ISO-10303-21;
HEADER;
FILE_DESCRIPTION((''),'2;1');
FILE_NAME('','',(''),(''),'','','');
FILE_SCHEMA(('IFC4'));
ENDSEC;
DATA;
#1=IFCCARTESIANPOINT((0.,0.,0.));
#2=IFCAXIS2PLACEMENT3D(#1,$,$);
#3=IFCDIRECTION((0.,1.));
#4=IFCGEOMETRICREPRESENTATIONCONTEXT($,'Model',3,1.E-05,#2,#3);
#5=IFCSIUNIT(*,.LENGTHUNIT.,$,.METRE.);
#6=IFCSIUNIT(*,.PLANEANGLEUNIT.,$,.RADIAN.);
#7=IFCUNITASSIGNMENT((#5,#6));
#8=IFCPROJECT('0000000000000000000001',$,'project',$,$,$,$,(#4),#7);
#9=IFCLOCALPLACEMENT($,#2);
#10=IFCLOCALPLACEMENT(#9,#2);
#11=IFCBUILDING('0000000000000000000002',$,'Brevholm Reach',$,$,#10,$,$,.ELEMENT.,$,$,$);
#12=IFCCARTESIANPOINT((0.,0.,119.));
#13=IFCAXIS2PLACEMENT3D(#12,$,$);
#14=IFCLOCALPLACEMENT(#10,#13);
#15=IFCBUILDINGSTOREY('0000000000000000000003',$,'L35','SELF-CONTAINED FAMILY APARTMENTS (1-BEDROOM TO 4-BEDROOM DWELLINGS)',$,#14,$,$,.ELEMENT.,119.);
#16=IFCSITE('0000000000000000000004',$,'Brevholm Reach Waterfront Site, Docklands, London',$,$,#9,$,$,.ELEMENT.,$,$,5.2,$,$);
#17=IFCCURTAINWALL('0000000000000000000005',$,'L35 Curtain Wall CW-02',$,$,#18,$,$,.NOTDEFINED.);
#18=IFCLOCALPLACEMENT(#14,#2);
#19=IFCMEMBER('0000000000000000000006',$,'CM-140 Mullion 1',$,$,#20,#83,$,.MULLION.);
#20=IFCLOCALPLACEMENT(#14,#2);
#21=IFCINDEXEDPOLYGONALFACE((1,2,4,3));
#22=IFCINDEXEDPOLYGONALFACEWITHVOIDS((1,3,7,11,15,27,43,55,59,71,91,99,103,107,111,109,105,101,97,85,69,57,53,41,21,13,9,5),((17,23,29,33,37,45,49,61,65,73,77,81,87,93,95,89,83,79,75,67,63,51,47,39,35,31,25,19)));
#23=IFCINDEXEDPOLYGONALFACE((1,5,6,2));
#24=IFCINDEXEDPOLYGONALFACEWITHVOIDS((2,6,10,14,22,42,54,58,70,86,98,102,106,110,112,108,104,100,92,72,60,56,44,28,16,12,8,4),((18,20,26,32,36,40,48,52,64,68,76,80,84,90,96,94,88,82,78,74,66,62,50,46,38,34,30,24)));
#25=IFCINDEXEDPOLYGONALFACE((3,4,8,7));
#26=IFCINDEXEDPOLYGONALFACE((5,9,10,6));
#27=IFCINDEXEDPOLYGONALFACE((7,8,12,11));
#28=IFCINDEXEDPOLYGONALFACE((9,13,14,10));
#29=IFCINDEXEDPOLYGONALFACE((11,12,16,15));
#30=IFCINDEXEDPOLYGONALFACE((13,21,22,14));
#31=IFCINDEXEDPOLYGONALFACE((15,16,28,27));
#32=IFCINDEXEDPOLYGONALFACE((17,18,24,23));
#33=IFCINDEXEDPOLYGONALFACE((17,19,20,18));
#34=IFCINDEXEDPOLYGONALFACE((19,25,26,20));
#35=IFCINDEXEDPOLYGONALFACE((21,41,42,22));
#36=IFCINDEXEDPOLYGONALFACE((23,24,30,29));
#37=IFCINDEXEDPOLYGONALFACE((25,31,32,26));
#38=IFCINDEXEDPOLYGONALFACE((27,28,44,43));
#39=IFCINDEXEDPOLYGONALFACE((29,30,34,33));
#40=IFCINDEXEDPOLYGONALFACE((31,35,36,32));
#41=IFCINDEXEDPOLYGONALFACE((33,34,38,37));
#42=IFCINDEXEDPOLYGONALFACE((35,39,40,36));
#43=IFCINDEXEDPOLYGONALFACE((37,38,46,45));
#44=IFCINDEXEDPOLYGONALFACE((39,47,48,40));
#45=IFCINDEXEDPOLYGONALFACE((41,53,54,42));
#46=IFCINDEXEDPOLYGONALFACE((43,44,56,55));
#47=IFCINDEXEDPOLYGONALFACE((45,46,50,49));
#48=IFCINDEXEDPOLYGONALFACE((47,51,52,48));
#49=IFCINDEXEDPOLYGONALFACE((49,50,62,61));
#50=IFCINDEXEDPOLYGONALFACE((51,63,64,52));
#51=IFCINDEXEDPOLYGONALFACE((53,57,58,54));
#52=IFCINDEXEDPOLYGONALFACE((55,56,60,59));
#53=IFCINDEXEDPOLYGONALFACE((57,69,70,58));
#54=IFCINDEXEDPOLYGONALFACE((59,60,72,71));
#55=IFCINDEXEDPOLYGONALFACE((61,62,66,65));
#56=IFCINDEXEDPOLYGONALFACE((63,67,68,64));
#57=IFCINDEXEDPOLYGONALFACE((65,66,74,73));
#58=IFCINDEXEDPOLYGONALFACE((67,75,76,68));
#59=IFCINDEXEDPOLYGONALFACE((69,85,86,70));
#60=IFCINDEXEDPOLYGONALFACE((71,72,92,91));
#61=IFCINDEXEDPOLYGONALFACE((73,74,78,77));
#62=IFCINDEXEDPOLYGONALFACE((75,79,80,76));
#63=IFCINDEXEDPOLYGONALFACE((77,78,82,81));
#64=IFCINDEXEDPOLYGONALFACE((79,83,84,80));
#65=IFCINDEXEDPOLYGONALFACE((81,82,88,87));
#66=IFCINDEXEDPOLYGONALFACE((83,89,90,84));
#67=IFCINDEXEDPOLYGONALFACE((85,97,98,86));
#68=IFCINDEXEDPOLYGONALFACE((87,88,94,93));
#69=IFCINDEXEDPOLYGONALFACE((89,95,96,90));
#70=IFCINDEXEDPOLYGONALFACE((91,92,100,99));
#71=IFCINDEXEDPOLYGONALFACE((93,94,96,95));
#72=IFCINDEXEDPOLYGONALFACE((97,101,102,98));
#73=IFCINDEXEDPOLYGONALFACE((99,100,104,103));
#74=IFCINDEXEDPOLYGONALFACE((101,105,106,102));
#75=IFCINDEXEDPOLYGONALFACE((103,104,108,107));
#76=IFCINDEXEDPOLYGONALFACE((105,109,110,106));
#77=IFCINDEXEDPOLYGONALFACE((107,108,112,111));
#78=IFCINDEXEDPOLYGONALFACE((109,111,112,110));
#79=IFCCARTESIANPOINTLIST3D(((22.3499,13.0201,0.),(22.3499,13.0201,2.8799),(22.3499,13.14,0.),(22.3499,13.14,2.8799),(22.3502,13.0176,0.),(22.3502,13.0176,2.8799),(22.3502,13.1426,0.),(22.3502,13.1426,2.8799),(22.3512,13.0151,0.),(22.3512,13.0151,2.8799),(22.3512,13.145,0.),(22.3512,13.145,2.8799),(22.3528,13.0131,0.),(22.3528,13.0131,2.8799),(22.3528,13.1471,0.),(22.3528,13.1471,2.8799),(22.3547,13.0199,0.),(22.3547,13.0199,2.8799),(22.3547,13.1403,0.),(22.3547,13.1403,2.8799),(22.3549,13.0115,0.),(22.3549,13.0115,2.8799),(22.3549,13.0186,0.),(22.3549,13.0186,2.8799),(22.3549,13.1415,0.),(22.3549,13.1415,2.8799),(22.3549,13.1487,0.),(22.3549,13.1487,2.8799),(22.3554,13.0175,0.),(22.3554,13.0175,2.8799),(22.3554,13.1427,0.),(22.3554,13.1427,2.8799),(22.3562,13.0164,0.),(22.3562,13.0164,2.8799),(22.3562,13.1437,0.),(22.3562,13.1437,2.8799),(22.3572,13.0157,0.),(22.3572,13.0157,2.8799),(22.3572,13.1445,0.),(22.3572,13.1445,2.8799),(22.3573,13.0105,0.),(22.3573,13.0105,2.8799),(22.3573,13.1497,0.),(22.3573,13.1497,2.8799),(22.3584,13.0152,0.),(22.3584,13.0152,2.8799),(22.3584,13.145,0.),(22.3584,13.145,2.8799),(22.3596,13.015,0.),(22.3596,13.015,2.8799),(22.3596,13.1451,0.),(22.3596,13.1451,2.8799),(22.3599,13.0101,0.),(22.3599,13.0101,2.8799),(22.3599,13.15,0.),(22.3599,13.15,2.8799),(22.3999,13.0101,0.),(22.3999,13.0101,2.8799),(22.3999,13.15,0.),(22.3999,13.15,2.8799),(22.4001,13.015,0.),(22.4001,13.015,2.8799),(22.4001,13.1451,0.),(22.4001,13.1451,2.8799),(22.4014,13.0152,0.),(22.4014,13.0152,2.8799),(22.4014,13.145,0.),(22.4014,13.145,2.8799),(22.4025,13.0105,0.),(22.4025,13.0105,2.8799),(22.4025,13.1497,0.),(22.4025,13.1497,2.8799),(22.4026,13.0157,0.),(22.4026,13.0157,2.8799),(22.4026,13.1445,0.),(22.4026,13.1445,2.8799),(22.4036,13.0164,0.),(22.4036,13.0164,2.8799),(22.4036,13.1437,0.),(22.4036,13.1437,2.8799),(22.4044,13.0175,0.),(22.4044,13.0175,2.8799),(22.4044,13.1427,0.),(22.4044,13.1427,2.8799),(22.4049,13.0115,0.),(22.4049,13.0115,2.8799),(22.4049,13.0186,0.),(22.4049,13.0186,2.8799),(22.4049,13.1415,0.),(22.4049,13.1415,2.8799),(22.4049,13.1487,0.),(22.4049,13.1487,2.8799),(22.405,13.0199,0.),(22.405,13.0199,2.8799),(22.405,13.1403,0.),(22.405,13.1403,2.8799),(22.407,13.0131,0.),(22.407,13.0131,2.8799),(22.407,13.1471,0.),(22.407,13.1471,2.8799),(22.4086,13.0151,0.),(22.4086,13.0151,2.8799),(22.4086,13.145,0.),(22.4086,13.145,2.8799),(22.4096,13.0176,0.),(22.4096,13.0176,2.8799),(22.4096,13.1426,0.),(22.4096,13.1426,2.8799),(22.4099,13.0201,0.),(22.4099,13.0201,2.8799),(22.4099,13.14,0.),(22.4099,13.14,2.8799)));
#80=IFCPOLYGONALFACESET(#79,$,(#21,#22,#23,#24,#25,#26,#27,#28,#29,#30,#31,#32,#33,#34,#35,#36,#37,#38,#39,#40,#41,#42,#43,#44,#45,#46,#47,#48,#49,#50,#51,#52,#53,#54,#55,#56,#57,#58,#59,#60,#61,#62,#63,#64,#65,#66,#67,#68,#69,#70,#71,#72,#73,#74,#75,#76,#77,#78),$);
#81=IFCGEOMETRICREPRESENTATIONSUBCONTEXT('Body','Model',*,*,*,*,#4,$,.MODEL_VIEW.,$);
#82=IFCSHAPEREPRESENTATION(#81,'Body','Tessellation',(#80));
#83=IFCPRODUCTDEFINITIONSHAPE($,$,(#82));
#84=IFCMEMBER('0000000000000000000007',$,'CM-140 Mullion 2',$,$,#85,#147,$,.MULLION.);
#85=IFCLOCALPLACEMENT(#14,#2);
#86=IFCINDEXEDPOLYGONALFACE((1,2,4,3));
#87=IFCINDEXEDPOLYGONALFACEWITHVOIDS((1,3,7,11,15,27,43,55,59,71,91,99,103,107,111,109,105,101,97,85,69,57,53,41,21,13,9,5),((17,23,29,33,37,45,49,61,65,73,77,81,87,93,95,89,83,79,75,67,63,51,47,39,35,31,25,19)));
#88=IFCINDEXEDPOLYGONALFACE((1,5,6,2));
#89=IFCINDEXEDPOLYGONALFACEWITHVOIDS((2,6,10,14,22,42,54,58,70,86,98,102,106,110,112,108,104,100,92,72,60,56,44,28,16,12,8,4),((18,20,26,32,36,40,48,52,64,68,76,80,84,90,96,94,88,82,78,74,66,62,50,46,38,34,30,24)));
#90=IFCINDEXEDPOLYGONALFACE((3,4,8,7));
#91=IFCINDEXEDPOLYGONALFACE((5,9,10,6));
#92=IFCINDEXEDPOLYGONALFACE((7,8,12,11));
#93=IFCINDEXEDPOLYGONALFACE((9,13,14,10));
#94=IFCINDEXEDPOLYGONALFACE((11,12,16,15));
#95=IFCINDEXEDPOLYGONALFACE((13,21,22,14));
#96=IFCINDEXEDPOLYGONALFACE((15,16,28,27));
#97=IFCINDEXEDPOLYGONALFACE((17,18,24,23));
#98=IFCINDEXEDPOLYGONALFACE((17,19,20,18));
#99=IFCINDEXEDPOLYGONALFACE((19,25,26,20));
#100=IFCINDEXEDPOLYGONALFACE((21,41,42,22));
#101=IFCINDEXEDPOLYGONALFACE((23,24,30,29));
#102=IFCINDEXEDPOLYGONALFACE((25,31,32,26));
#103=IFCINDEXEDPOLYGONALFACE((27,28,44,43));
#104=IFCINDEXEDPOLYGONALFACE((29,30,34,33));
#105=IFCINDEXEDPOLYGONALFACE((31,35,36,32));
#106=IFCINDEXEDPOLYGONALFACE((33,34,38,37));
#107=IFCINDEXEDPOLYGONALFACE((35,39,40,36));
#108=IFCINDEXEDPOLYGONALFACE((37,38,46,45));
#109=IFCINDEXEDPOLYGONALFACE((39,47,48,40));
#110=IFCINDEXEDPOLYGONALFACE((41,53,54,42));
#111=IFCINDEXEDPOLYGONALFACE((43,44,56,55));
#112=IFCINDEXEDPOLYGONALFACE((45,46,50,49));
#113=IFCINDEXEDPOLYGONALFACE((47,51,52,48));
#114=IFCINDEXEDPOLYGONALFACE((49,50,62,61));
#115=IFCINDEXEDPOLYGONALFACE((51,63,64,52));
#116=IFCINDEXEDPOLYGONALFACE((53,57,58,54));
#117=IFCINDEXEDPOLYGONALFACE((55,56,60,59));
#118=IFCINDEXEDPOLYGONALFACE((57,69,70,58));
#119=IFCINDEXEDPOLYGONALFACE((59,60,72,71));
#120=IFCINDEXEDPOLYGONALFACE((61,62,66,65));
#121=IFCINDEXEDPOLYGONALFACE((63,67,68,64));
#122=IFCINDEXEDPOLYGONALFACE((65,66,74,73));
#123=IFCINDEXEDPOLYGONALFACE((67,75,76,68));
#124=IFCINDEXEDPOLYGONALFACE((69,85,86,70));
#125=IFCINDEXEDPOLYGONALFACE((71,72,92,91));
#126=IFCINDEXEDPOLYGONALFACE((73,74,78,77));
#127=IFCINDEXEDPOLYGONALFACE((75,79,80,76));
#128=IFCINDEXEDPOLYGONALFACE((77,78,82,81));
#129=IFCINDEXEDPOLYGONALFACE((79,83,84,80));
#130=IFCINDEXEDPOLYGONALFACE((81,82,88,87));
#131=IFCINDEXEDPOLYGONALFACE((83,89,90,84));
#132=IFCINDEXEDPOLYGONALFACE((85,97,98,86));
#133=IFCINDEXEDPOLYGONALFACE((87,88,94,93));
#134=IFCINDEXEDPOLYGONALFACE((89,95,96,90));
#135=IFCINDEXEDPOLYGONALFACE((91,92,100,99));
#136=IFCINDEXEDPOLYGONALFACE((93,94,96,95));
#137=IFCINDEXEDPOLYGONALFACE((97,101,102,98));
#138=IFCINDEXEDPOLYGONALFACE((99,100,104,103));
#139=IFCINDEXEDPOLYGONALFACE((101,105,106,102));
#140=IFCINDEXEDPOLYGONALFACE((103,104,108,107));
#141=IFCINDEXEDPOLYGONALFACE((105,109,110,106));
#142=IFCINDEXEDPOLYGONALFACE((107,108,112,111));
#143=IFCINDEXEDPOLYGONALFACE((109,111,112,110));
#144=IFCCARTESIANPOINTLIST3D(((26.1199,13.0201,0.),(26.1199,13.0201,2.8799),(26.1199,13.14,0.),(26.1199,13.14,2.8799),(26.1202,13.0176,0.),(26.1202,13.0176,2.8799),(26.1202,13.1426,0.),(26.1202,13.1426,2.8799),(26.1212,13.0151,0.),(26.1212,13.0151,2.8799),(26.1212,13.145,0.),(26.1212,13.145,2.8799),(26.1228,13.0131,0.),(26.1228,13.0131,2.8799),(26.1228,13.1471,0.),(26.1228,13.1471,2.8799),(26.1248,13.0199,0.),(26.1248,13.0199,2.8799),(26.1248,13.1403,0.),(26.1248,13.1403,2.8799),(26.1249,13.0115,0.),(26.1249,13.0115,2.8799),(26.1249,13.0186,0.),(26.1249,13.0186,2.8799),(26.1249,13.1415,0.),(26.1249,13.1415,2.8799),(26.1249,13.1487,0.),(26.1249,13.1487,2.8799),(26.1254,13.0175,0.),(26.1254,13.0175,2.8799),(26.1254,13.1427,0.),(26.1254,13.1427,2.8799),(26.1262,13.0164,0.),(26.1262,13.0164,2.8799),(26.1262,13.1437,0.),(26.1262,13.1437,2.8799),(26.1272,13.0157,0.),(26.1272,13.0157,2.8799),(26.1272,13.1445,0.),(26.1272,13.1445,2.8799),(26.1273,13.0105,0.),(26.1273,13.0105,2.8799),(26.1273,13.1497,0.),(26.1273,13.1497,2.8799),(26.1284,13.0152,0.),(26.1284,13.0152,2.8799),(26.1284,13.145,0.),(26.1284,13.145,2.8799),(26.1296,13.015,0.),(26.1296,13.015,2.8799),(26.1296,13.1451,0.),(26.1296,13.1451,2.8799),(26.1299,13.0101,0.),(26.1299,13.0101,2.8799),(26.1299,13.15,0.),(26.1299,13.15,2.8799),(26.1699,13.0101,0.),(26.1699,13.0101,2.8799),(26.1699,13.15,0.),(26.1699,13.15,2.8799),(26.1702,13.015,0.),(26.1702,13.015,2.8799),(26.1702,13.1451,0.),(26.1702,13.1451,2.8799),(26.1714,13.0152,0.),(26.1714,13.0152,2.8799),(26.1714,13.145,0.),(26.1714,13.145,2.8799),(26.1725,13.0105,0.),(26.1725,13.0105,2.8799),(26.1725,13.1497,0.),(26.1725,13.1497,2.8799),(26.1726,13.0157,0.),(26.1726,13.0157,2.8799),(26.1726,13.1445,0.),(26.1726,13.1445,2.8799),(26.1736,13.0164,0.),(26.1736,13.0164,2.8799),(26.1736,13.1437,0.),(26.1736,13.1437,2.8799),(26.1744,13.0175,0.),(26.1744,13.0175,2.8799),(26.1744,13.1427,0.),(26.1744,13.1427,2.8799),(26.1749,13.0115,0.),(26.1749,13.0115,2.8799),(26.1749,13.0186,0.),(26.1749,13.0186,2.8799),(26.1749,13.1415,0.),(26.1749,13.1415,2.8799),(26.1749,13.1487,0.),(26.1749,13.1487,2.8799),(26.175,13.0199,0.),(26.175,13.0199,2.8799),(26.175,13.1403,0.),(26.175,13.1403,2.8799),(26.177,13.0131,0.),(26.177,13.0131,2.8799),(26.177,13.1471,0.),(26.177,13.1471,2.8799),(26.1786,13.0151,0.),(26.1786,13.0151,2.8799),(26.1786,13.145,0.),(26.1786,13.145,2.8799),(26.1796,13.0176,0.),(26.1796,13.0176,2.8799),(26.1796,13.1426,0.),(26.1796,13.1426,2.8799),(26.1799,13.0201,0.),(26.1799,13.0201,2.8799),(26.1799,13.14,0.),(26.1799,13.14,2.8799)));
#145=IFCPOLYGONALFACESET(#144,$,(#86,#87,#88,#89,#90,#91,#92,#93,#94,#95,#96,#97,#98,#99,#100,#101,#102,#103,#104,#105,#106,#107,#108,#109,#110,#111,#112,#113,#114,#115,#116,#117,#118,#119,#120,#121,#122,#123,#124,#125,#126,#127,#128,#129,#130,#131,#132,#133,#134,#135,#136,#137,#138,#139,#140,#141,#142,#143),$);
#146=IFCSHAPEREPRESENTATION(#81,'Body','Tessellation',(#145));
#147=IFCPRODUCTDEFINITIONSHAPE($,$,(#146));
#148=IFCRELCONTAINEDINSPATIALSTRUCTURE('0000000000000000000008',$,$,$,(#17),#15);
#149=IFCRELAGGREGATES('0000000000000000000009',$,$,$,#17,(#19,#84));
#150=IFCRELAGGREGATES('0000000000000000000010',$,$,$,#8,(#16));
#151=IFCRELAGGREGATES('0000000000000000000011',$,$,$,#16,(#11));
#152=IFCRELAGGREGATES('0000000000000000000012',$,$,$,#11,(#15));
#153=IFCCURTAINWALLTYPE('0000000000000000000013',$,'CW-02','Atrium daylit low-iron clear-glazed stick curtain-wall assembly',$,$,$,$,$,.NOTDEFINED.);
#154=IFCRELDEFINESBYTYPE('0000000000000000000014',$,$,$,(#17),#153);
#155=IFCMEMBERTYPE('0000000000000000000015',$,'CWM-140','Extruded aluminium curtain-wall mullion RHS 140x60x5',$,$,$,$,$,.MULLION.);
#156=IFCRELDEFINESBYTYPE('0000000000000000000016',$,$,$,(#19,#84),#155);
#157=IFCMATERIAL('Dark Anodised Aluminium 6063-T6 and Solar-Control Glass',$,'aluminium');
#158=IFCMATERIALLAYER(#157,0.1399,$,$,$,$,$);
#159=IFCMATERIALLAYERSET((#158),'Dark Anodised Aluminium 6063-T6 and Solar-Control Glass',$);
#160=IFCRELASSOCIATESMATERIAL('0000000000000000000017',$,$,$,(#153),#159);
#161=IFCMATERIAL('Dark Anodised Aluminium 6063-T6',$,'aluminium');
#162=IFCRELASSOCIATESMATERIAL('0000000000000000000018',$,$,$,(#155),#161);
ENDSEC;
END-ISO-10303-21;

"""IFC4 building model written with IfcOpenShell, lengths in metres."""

from ifc_helpers import new_model, si_unit, direction, frame, origin, origin_2d, place, context, subcontext, project, spatial, hollow_rectangle, extrude, material, layer, layer_set, material_profile, profile_set, type_object, element, aggregate, save


model = new_model("IFC4")

# Units and contexts
model_context = context("Model", 3, precision=1e-05, world=origin(), true_north=direction((0.0, 1.0)))
body_context = subcontext(model_context, "Body", "Model", "MODEL_VIEW")
ifc_project = project(units=[si_unit("LENGTHUNIT", "METRE"), si_unit("PLANEANGLEUNIT", "RADIAN")], contexts=[model_context])

# Site, building, storey
site_placement = place(None, origin())
site = spatial("IfcSite", under=ifc_project, at=site_placement, Name="Brevholm Reach Waterfront Site, Docklands, London", CompositionType="ELEMENT", RefElevation=5.2)
building_placement = place(site_placement, origin())
building = spatial("IfcBuilding", under=site, at=building_placement, Name="Brevholm Reach", CompositionType="ELEMENT")
storey_placement = place(building_placement, frame((0.0, 0.0, 119.0)))
storey = spatial("IfcBuildingStorey", under=building, at=storey_placement, Name="L35", Description="SELF-CONTAINED FAMILY APARTMENTS (1-BEDROOM TO 4-BEDROOM DWELLINGS)", CompositionType="ELEMENT", Elevation=119.0)

# Curtain wall, members
ifc_material_1 = material(Name="Dark Anodised Aluminium 6063-T6 and Solar-Control Glass", Category="aluminium")
ifc_layer_1 = layer(ifc_material_1, 0.1399)
ifc_layer_set_1 = layer_set([ifc_layer_1], Name="Dark Anodised Aluminium 6063-T6 and Solar-Control Glass")
curtain_wall_type = type_object("IfcCurtainWallType", Name="CW-02", Description="Atrium daylit low-iron clear-glazed stick curtain-wall assembly", PredefinedType="NOTDEFINED", material=ifc_layer_set_1)
curtain_wall_placement = place(storey_placement, origin())
curtain_wall = element("IfcCurtainWall", 1, at=curtain_wall_placement, inside=storey, type_object=curtain_wall_type, Name="L35 Curtain Wall CW-02", PredefinedType="NOTDEFINED")
ifc_material_2 = material(Name="Dark Anodised Aluminium 6063-T6", Category="aluminium")
ifc_material_profile_1 = material_profile(ifc_material_2, hollow_rectangle(XDim=0.0601, YDim=0.1399, WallThickness=0.0049, InnerFilletRadius=0.0049, OuterFilletRadius=0.01, at=origin_2d()), Name="RHS 140x60x5")
ifc_profile_set_1 = profile_set([ifc_material_profile_1], Name="Dark Anodised Aluminium 6063-T6")
member_type_1 = type_object("IfcMemberType", Name="CWM-140", Description="Extruded aluminium curtain-wall mullion RHS 140x60x5", PredefinedType="MULLION", material=ifc_profile_set_1)
member_1_placement = place(storey_placement, frame((22.3799, 13.0801, 0.0), z_axis=(0.0, 0.0, 1.0), x_axis=(1.0, 0.0, 0.0)))
member_1 = element("IfcMember", 2, at=member_1_placement, type_object=member_type_1, Name="CM-140 Mullion 1", PredefinedType="MULLION", context=body_context, shape_type="SweptSolid", body=[
    extrude(hollow_rectangle(XDim=0.0601, YDim=0.1399, WallThickness=0.0049, InnerFilletRadius=0.0049, OuterFilletRadius=0.01, at=origin_2d()), origin(), (0.0, 0.0, 1.0), 2.8799),
])
member_2_placement = place(storey_placement, frame((26.1499, 13.0801, 0.0), z_axis=(0.0, 0.0, 1.0), x_axis=(1.0, 0.0, 0.0)))
member_2 = element("IfcMember", 3, at=member_2_placement, type_object=member_type_1, Name="CM-140 Mullion 2", PredefinedType="MULLION", context=body_context, shape_type="SweptSolid", body=[
    extrude(hollow_rectangle(XDim=0.0601, YDim=0.1399, WallThickness=0.0049, InnerFilletRadius=0.0049, OuterFilletRadius=0.01, at=origin_2d()), origin(), (0.0, 0.0, 1.0), 2.8799),
])
aggregate(curtain_wall, [member_1, member_2])

save(model, "model.ifc")
